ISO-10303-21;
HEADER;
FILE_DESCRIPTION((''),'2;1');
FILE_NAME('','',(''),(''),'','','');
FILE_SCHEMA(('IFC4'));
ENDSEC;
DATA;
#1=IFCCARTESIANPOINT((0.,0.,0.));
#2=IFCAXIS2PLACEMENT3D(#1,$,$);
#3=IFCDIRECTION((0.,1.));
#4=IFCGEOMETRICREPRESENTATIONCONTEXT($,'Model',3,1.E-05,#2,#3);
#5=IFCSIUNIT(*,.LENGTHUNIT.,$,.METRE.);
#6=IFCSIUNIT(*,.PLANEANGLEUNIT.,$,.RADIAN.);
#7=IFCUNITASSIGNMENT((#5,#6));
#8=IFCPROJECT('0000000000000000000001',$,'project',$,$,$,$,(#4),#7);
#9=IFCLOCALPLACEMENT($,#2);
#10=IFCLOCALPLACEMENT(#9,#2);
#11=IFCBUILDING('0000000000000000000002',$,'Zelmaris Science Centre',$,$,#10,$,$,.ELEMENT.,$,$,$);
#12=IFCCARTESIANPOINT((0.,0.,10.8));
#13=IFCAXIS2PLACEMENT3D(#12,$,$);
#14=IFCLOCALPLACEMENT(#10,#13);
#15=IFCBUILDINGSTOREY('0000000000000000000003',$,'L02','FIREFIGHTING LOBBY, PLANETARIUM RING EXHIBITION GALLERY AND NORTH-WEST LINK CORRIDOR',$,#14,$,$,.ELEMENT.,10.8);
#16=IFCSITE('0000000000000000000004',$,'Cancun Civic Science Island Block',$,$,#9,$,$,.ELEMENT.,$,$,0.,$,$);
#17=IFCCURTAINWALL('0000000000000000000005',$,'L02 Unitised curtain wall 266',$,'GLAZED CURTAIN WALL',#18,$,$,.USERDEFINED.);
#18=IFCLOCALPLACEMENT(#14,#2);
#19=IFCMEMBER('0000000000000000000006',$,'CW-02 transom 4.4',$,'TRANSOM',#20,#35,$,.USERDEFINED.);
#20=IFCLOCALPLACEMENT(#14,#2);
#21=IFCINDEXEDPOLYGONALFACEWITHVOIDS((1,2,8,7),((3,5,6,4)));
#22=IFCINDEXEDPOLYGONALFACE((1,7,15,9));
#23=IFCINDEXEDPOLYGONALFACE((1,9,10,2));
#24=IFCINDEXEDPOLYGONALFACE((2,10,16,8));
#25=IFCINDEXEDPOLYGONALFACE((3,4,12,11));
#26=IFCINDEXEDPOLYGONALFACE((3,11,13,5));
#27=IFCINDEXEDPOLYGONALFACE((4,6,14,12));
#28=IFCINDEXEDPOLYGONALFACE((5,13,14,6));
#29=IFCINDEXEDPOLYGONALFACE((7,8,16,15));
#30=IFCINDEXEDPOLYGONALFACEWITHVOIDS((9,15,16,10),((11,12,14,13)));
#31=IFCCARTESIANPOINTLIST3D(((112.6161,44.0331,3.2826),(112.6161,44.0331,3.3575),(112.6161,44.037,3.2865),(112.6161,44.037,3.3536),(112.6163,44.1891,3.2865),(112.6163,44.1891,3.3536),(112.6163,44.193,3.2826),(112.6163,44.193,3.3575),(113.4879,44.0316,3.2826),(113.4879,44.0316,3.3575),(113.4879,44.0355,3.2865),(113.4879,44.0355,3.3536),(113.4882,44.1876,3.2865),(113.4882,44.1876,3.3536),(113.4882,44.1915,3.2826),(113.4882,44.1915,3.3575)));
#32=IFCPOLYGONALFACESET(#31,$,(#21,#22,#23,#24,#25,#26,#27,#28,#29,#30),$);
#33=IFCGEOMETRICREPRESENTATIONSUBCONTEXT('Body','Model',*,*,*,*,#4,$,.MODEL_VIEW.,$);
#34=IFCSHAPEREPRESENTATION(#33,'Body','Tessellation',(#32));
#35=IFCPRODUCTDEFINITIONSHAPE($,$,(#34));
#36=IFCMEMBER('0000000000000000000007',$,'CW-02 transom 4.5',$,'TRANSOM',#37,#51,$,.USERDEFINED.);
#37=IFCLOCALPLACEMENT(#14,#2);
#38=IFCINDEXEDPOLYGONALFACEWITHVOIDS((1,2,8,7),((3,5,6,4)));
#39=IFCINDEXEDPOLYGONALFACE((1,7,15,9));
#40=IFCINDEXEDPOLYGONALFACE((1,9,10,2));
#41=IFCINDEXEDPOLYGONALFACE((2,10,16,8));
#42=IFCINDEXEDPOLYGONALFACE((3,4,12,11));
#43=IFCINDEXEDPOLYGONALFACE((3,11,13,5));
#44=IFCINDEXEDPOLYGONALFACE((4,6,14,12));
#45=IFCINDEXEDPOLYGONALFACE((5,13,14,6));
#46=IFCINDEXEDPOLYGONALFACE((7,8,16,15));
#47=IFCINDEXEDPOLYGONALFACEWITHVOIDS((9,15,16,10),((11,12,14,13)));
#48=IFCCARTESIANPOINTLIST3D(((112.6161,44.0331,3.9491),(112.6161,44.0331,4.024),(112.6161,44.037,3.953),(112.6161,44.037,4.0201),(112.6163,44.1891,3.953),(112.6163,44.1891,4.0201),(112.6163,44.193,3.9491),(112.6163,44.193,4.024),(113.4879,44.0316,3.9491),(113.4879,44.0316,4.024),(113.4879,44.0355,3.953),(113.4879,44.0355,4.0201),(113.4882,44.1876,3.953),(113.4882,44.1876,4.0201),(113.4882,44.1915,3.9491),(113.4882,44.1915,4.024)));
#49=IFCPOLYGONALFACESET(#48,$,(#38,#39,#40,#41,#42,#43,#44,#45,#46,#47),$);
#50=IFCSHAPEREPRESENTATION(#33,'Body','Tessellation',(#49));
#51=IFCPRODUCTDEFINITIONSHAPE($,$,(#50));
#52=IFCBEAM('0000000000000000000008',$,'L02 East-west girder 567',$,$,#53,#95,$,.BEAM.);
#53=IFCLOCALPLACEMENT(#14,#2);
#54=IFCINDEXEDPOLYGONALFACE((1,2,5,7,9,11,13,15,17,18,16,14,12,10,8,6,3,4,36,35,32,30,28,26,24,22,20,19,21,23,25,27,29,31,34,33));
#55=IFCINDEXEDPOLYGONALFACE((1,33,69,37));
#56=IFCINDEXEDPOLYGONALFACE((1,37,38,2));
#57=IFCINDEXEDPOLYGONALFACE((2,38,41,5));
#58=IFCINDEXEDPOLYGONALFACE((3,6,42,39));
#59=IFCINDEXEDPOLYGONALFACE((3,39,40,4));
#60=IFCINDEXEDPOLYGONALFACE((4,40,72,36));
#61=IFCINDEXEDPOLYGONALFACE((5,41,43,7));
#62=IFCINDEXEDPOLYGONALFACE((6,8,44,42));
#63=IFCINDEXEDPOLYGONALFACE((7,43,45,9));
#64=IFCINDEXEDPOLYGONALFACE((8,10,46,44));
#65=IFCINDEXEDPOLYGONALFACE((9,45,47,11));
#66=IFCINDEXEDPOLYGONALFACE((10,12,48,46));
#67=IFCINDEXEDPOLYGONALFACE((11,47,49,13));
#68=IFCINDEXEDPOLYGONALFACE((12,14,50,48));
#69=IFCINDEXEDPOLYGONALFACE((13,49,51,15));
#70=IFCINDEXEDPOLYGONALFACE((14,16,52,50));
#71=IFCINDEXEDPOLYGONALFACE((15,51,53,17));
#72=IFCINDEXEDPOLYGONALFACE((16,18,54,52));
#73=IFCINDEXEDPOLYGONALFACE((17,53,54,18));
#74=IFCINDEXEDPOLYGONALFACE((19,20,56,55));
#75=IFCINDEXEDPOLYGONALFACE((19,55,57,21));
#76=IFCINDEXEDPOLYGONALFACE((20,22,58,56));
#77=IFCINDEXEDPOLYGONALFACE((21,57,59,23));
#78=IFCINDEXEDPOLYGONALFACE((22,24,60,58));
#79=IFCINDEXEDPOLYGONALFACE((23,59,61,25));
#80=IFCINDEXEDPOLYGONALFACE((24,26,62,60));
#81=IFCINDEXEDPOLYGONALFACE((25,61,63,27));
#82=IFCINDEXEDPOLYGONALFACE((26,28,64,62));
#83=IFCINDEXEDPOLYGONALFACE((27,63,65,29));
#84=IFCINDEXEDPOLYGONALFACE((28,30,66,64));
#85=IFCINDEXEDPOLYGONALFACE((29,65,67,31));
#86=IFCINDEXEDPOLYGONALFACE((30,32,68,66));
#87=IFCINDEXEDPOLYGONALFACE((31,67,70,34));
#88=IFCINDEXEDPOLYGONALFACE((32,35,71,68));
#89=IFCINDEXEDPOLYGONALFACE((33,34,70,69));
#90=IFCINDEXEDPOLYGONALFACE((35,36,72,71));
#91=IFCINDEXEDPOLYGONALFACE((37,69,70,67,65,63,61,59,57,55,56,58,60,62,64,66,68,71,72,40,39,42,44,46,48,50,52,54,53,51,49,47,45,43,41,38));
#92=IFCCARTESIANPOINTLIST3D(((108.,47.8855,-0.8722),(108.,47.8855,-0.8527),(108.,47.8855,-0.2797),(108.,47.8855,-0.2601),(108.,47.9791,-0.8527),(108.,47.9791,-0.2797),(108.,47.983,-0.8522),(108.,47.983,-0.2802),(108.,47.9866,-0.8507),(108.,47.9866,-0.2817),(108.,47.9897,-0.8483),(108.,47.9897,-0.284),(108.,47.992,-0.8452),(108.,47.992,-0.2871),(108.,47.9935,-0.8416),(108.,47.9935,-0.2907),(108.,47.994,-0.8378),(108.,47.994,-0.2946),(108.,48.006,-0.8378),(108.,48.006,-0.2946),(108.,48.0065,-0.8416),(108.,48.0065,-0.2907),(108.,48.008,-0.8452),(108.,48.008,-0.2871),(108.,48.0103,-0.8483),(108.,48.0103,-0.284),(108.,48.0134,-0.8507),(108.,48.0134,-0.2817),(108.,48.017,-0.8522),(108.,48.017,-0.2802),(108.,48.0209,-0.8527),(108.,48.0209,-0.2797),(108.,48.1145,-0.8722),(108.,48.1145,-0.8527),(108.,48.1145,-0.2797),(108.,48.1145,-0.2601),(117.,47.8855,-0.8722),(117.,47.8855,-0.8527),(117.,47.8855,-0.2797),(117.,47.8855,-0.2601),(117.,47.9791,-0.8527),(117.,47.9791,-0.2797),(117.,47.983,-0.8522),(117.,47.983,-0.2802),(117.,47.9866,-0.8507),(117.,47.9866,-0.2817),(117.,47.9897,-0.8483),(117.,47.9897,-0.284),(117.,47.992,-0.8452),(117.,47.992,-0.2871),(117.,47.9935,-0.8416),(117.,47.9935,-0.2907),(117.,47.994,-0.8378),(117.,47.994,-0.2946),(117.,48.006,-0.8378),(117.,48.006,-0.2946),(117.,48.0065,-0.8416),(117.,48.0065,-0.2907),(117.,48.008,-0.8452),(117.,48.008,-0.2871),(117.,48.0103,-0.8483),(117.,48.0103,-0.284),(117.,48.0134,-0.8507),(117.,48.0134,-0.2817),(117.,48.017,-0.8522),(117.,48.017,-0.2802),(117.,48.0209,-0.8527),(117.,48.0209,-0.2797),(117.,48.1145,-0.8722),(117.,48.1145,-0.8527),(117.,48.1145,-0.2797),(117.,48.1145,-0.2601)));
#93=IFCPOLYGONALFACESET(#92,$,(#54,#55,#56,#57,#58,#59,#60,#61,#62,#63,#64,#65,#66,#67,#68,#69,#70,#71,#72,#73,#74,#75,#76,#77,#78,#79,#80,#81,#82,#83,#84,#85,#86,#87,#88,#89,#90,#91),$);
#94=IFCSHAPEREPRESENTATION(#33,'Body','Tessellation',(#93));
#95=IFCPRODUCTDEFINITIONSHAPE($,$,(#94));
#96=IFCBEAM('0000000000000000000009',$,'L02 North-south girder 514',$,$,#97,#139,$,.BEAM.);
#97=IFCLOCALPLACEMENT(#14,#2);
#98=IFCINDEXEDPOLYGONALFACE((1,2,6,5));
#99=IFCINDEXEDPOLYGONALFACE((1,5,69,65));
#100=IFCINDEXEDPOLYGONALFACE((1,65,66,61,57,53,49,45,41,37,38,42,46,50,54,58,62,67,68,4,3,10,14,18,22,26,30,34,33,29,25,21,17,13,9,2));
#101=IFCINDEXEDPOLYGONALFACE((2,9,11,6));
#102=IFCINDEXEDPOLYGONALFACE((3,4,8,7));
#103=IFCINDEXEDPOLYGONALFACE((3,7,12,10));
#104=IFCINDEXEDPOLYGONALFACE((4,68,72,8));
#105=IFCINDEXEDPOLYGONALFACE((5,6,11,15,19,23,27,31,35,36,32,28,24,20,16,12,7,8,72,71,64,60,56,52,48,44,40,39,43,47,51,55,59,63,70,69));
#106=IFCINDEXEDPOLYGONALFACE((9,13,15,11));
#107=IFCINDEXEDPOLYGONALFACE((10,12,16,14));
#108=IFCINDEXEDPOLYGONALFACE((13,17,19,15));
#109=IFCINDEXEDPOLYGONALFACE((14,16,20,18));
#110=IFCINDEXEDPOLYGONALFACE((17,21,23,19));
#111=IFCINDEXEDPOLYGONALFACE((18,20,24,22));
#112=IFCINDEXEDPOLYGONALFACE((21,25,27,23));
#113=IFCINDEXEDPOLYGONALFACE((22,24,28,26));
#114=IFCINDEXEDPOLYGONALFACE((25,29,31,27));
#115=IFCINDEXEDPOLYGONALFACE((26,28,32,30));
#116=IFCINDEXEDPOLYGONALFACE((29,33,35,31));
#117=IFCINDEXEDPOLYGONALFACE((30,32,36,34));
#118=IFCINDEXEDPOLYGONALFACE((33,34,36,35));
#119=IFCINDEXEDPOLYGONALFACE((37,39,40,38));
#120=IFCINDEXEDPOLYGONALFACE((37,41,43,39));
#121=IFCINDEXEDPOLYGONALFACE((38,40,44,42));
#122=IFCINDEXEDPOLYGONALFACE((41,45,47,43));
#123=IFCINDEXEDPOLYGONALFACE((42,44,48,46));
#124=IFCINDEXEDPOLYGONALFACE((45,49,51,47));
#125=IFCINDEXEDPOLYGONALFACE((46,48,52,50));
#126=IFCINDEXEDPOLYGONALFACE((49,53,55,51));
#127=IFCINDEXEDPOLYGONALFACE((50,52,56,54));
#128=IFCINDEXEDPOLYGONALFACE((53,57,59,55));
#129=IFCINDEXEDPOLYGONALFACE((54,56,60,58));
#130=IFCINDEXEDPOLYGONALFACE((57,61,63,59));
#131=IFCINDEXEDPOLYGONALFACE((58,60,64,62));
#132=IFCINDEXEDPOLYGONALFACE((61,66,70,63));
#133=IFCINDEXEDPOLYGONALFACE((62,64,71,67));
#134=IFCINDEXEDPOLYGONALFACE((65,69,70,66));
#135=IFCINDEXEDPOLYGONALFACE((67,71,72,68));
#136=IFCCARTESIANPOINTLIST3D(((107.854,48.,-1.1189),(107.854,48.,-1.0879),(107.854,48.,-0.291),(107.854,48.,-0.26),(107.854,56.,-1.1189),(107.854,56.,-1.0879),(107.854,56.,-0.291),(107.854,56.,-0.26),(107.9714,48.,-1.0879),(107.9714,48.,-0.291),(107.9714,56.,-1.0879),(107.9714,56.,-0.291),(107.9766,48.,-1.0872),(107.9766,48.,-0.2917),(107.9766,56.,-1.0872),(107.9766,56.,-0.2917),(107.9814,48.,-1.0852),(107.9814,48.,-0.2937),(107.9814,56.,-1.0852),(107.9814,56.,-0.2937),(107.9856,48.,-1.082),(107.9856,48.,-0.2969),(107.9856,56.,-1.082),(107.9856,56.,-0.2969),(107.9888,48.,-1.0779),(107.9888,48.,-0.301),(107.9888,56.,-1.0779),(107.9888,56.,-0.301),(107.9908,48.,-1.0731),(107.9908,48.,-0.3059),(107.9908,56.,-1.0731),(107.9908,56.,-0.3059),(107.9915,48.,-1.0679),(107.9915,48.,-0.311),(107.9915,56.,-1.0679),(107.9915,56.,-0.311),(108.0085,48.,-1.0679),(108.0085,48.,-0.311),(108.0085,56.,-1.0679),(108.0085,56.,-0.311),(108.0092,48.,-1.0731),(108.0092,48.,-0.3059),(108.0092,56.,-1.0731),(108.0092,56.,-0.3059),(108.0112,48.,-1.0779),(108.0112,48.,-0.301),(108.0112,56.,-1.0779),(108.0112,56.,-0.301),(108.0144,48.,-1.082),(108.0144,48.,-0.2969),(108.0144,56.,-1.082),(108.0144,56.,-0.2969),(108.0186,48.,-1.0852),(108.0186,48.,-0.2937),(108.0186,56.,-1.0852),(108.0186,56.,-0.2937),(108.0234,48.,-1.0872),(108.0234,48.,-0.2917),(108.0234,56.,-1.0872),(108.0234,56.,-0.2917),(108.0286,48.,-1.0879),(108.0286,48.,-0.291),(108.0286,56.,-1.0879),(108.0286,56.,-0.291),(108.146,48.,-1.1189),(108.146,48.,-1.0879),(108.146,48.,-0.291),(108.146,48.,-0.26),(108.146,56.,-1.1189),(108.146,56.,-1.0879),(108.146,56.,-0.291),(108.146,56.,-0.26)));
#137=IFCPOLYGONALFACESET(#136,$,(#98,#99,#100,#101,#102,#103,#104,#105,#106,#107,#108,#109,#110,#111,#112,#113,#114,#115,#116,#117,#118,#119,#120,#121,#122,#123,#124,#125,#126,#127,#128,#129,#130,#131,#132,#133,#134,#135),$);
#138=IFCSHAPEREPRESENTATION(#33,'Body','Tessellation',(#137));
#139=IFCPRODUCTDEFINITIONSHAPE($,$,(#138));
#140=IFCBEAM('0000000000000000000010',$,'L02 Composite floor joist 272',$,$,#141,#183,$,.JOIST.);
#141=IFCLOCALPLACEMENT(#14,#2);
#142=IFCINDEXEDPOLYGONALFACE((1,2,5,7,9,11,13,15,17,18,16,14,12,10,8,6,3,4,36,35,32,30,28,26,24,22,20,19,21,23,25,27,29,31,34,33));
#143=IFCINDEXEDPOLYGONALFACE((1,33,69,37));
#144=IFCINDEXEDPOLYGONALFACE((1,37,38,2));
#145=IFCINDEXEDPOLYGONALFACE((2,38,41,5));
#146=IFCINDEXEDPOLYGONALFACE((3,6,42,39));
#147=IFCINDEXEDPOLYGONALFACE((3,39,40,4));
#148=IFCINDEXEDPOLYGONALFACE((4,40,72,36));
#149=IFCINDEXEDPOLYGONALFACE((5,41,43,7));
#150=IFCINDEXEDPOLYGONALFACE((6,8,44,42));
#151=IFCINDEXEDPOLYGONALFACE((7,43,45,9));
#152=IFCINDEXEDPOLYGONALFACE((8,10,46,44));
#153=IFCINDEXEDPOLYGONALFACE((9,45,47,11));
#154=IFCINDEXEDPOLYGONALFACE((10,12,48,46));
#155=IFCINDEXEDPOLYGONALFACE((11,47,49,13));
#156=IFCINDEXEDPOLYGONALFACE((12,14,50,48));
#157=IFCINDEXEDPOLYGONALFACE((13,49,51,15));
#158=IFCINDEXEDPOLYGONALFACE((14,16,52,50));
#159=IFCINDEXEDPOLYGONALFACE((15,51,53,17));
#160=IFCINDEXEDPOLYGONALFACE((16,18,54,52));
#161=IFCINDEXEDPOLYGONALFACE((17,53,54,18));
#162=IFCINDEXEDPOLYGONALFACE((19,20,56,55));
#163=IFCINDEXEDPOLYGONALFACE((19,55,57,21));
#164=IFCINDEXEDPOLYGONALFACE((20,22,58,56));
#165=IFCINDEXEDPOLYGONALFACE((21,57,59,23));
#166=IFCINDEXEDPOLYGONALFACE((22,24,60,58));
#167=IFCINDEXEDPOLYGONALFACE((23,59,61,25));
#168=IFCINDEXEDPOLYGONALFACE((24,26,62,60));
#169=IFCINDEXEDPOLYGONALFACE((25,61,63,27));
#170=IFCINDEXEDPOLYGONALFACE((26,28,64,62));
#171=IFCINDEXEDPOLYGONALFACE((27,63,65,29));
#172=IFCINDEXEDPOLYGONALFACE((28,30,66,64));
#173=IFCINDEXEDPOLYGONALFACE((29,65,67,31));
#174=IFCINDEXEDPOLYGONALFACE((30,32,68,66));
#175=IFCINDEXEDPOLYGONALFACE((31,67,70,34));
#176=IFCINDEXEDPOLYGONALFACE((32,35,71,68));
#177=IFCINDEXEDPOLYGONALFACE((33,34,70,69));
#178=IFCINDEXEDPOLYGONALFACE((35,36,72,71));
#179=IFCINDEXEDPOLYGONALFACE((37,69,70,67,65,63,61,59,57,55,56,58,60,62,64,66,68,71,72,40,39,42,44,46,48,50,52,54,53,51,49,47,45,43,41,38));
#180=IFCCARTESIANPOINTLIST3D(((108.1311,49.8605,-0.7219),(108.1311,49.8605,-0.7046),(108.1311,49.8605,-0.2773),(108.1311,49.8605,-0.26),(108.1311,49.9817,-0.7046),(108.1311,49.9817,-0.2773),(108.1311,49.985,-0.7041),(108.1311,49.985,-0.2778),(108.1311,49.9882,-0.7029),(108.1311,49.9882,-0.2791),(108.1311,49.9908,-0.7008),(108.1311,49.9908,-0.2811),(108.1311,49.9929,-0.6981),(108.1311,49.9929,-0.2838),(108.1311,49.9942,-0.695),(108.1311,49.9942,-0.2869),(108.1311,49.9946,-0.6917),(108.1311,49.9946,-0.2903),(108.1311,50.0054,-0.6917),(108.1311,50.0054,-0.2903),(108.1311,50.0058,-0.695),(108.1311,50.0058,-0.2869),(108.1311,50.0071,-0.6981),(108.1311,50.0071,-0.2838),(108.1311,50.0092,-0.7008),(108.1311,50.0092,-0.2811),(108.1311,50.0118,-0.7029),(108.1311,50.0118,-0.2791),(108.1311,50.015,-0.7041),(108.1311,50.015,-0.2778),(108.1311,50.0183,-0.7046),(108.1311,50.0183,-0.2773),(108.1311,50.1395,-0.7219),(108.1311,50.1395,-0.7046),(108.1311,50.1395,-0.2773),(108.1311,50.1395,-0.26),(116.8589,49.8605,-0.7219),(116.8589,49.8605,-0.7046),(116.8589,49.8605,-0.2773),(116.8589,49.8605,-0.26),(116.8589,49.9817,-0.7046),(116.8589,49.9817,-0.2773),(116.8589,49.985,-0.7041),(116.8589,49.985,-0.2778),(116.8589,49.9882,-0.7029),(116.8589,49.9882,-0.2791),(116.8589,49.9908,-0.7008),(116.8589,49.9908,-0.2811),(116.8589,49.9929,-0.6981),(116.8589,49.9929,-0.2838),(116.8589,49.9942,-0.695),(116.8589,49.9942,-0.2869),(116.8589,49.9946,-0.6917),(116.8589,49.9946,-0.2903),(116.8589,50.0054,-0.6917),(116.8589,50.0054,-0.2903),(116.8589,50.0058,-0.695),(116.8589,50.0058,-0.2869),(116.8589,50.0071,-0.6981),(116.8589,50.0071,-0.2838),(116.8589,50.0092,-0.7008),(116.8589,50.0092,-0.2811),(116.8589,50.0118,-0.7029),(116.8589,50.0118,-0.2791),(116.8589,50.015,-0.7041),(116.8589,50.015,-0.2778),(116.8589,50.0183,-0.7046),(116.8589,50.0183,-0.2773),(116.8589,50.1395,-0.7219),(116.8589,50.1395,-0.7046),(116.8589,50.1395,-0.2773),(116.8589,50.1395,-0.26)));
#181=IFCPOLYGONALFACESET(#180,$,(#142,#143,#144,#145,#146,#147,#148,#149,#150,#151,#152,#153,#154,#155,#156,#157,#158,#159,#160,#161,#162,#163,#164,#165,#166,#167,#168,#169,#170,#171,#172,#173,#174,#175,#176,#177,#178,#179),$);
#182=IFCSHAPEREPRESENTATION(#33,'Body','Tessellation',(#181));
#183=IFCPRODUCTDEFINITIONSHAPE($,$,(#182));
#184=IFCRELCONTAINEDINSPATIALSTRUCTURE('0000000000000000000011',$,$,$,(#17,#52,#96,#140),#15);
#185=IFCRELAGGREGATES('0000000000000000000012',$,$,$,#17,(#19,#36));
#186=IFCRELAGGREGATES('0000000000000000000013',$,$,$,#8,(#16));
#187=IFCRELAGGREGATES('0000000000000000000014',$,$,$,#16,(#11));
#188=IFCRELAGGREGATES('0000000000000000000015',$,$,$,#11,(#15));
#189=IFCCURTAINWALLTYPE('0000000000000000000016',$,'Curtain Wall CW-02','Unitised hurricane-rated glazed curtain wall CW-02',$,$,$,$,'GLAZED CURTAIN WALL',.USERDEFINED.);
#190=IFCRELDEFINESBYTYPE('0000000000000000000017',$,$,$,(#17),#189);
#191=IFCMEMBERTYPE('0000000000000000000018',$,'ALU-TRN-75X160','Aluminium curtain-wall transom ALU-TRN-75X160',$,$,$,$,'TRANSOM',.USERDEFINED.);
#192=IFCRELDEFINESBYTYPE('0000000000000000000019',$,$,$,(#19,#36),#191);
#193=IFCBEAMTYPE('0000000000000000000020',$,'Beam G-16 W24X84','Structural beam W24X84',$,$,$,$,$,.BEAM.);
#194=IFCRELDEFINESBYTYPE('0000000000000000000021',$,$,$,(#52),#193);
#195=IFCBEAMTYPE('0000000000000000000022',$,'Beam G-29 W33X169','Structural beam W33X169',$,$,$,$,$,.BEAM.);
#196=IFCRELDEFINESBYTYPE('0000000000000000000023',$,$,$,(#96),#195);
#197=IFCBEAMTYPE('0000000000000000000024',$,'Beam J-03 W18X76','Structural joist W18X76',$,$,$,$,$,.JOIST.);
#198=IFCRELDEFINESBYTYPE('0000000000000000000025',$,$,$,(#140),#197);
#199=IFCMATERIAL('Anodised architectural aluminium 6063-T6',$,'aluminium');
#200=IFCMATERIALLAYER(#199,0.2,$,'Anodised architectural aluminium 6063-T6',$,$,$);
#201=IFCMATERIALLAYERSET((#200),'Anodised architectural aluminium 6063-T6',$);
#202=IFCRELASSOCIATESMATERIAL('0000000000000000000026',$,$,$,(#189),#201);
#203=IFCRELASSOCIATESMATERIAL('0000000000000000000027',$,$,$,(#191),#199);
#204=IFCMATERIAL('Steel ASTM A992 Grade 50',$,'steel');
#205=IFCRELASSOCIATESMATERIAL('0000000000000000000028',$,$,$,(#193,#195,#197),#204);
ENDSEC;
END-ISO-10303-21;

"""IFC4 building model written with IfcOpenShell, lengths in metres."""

from ifc_helpers import new_model, si_unit, direction, frame, origin, origin_2d, place, context, subcontext, project, spatial, hollow_rectangle, i_section, extrude, material, layer, layer_set, material_profile, profile_set, type_object, element, aggregate, save


model = new_model("IFC4")

# Units and contexts
model_context = context("Model", 3, precision=1e-05, world=origin(), true_north=direction((0.0, 1.0)))
body_context = subcontext(model_context, "Body", "Model", "MODEL_VIEW")
ifc_project = project(units=[si_unit("LENGTHUNIT", "METRE"), si_unit("PLANEANGLEUNIT", "RADIAN")], contexts=[model_context])

# Site, building, storey
site_placement = place(None, origin())
site = spatial("IfcSite", under=ifc_project, at=site_placement, Name="Cancun Civic Science Island Block", CompositionType="ELEMENT", RefElevation=0.0)
building_placement = place(site_placement, origin())
building = spatial("IfcBuilding", under=site, at=building_placement, Name="Zelmaris Science Centre", CompositionType="ELEMENT")
storey_placement = place(building_placement, frame((0.0, 0.0, 10.8)))
storey = spatial("IfcBuildingStorey", under=building, at=storey_placement, Name="L02", Description="FIREFIGHTING LOBBY, PLANETARIUM RING EXHIBITION GALLERY AND NORTH-WEST LINK CORRIDOR", CompositionType="ELEMENT", Elevation=10.8)

# Shared definitions
ifc_material_1 = material(Name="Steel ASTM A992 Grade 50", Category="steel")

# Curtain wall, members
ifc_material_2 = material(Name="Anodised architectural aluminium 6063-T6", Category="aluminium")
ifc_layer_1 = layer(ifc_material_2, 0.2, Name="Anodised architectural aluminium 6063-T6")
ifc_layer_set_1 = layer_set([ifc_layer_1], Name="Anodised architectural aluminium 6063-T6")
curtain_wall_type = type_object("IfcCurtainWallType", Name="Curtain Wall CW-02", Description="Unitised hurricane-rated glazed curtain wall CW-02", ElementType="GLAZED CURTAIN WALL", PredefinedType="USERDEFINED", material=ifc_layer_set_1)
curtain_wall_placement = place(storey_placement, origin())
curtain_wall = element("IfcCurtainWall", 1, at=curtain_wall_placement, inside=storey, type_object=curtain_wall_type, Name="L02 Unitised curtain wall 266", ObjectType="GLAZED CURTAIN WALL", PredefinedType="USERDEFINED")
ifc_material_profile_1 = material_profile(ifc_material_2, hollow_rectangle(XDim=0.075, YDim=0.1599, WallThickness=0.0039, at=origin_2d()), Name="ALU-TRN-75X160")
ifc_profile_set_1 = profile_set([ifc_material_profile_1], Name="Anodised architectural aluminium 6063-T6")
member_type_1 = type_object("IfcMemberType", Name="ALU-TRN-75X160", Description="Aluminium curtain-wall transom ALU-TRN-75X160", ElementType="TRANSOM", PredefinedType="USERDEFINED", material=ifc_profile_set_1)
member_1_placement = place(storey_placement, frame((113.488, 44.1116, 3.3201), z_axis=(-0.999999, 0.00168, 0.0), x_axis=(0.0, 0.0, 1.0)))
member_1 = element("IfcMember", 2, at=member_1_placement, type_object=member_type_1, Name="CW-02 transom 4.4", ObjectType="TRANSOM", PredefinedType="USERDEFINED", context=body_context, shape_type="SweptSolid", body=[
    extrude(hollow_rectangle(XDim=0.075, YDim=0.1599, WallThickness=0.0039, at=origin_2d()), origin(), (0.0, 0.0, 1.0), 0.8718),
])
member_2_placement = place(storey_placement, frame((113.488, 44.1116, 3.9866), z_axis=(-0.999999, 0.00168, 0.0), x_axis=(0.0, 0.0, 1.0)))
member_2 = element("IfcMember", 3, at=member_2_placement, type_object=member_type_1, Name="CW-02 transom 4.5", ObjectType="TRANSOM", PredefinedType="USERDEFINED", context=body_context, shape_type="SweptSolid", body=[
    extrude(hollow_rectangle(XDim=0.075, YDim=0.1599, WallThickness=0.0039, at=origin_2d()), origin(), (0.0, 0.0, 1.0), 0.8718),
])

# Beams
ifc_material_profile_2 = material_profile(ifc_material_1, i_section(OverallWidth=0.229, OverallDepth=0.6121, WebThickness=0.012, FlangeThickness=0.0195, FilletRadius=0.0149, at=origin_2d()), Name="W24X84")
ifc_profile_set_2 = profile_set([ifc_material_profile_2], Name="Steel ASTM A992 Grade 50")
beam_type_1 = type_object("IfcBeamType", Name="Beam G-16 W24X84", Description="Structural beam W24X84", PredefinedType="BEAM", material=ifc_profile_set_2)
beam_1_placement = place(storey_placement, frame((108.0, 48.0, -0.5662), z_axis=(1.0, 0.0, 0.0), x_axis=(0.0, 1.0, 0.0)))
element("IfcBeam", 4, at=beam_1_placement, inside=storey, type_object=beam_type_1, Name="L02 East-west girder 567", PredefinedType="BEAM", context=body_context, shape_type="SweptSolid", body=[
    extrude(i_section(OverallWidth=0.229, OverallDepth=0.6121, WebThickness=0.012, FlangeThickness=0.0195, FilletRadius=0.0149, at=origin_2d()), origin(), (0.0, 0.0, 1.0), 9.0),
])
ifc_material_profile_3 = material_profile(ifc_material_1, i_section(OverallWidth=0.292, OverallDepth=0.8589, WebThickness=0.0171, FlangeThickness=0.031, FilletRadius=0.02, at=origin_2d()), Name="W33X169")
ifc_profile_set_3 = profile_set([ifc_material_profile_3], Name="Steel ASTM A992 Grade 50")
beam_type_2 = type_object("IfcBeamType", Name="Beam G-29 W33X169", Description="Structural beam W33X169", PredefinedType="BEAM", material=ifc_profile_set_3)
beam_2_placement = place(storey_placement, frame((108.0, 48.0, -0.6895), z_axis=(0.0, 1.0, 0.0), x_axis=(-1.0, 0.0, 0.0)))
element("IfcBeam", 5, at=beam_2_placement, inside=storey, type_object=beam_type_2, Name="L02 North-south girder 514", PredefinedType="BEAM", context=body_context, shape_type="SweptSolid", body=[
    extrude(i_section(OverallWidth=0.292, OverallDepth=0.8589, WebThickness=0.0171, FlangeThickness=0.031, FilletRadius=0.02, at=origin_2d()), origin(), (0.0, 0.0, 1.0), 8.0),
])
ifc_material_profile_4 = material_profile(ifc_material_1, i_section(OverallWidth=0.2791, OverallDepth=0.4619, WebThickness=0.0107, FlangeThickness=0.0173, FilletRadius=0.0129, at=origin_2d()), Name="W18X76")
ifc_profile_set_4 = profile_set([ifc_material_profile_4], Name="Steel ASTM A992 Grade 50")
beam_type_3 = type_object("IfcBeamType", Name="Beam J-03 W18X76", Description="Structural joist W18X76", PredefinedType="JOIST", material=ifc_profile_set_4)
beam_3_placement = place(storey_placement, frame((108.1311, 50.0, -0.491), z_axis=(1.0, 0.0, 0.0), x_axis=(0.0, 1.0, 0.0)))
element("IfcBeam", 6, at=beam_3_placement, inside=storey, type_object=beam_type_3, Name="L02 Composite floor joist 272", PredefinedType="JOIST", context=body_context, shape_type="SweptSolid", body=[
    extrude(i_section(OverallWidth=0.2791, OverallDepth=0.4619, WebThickness=0.0107, FlangeThickness=0.0173, FilletRadius=0.0129, at=origin_2d()), origin(), (0.0, 0.0, 1.0), 8.7278),
])

aggregate(curtain_wall, [member_1, member_2])

save(model, "model.ifc")
